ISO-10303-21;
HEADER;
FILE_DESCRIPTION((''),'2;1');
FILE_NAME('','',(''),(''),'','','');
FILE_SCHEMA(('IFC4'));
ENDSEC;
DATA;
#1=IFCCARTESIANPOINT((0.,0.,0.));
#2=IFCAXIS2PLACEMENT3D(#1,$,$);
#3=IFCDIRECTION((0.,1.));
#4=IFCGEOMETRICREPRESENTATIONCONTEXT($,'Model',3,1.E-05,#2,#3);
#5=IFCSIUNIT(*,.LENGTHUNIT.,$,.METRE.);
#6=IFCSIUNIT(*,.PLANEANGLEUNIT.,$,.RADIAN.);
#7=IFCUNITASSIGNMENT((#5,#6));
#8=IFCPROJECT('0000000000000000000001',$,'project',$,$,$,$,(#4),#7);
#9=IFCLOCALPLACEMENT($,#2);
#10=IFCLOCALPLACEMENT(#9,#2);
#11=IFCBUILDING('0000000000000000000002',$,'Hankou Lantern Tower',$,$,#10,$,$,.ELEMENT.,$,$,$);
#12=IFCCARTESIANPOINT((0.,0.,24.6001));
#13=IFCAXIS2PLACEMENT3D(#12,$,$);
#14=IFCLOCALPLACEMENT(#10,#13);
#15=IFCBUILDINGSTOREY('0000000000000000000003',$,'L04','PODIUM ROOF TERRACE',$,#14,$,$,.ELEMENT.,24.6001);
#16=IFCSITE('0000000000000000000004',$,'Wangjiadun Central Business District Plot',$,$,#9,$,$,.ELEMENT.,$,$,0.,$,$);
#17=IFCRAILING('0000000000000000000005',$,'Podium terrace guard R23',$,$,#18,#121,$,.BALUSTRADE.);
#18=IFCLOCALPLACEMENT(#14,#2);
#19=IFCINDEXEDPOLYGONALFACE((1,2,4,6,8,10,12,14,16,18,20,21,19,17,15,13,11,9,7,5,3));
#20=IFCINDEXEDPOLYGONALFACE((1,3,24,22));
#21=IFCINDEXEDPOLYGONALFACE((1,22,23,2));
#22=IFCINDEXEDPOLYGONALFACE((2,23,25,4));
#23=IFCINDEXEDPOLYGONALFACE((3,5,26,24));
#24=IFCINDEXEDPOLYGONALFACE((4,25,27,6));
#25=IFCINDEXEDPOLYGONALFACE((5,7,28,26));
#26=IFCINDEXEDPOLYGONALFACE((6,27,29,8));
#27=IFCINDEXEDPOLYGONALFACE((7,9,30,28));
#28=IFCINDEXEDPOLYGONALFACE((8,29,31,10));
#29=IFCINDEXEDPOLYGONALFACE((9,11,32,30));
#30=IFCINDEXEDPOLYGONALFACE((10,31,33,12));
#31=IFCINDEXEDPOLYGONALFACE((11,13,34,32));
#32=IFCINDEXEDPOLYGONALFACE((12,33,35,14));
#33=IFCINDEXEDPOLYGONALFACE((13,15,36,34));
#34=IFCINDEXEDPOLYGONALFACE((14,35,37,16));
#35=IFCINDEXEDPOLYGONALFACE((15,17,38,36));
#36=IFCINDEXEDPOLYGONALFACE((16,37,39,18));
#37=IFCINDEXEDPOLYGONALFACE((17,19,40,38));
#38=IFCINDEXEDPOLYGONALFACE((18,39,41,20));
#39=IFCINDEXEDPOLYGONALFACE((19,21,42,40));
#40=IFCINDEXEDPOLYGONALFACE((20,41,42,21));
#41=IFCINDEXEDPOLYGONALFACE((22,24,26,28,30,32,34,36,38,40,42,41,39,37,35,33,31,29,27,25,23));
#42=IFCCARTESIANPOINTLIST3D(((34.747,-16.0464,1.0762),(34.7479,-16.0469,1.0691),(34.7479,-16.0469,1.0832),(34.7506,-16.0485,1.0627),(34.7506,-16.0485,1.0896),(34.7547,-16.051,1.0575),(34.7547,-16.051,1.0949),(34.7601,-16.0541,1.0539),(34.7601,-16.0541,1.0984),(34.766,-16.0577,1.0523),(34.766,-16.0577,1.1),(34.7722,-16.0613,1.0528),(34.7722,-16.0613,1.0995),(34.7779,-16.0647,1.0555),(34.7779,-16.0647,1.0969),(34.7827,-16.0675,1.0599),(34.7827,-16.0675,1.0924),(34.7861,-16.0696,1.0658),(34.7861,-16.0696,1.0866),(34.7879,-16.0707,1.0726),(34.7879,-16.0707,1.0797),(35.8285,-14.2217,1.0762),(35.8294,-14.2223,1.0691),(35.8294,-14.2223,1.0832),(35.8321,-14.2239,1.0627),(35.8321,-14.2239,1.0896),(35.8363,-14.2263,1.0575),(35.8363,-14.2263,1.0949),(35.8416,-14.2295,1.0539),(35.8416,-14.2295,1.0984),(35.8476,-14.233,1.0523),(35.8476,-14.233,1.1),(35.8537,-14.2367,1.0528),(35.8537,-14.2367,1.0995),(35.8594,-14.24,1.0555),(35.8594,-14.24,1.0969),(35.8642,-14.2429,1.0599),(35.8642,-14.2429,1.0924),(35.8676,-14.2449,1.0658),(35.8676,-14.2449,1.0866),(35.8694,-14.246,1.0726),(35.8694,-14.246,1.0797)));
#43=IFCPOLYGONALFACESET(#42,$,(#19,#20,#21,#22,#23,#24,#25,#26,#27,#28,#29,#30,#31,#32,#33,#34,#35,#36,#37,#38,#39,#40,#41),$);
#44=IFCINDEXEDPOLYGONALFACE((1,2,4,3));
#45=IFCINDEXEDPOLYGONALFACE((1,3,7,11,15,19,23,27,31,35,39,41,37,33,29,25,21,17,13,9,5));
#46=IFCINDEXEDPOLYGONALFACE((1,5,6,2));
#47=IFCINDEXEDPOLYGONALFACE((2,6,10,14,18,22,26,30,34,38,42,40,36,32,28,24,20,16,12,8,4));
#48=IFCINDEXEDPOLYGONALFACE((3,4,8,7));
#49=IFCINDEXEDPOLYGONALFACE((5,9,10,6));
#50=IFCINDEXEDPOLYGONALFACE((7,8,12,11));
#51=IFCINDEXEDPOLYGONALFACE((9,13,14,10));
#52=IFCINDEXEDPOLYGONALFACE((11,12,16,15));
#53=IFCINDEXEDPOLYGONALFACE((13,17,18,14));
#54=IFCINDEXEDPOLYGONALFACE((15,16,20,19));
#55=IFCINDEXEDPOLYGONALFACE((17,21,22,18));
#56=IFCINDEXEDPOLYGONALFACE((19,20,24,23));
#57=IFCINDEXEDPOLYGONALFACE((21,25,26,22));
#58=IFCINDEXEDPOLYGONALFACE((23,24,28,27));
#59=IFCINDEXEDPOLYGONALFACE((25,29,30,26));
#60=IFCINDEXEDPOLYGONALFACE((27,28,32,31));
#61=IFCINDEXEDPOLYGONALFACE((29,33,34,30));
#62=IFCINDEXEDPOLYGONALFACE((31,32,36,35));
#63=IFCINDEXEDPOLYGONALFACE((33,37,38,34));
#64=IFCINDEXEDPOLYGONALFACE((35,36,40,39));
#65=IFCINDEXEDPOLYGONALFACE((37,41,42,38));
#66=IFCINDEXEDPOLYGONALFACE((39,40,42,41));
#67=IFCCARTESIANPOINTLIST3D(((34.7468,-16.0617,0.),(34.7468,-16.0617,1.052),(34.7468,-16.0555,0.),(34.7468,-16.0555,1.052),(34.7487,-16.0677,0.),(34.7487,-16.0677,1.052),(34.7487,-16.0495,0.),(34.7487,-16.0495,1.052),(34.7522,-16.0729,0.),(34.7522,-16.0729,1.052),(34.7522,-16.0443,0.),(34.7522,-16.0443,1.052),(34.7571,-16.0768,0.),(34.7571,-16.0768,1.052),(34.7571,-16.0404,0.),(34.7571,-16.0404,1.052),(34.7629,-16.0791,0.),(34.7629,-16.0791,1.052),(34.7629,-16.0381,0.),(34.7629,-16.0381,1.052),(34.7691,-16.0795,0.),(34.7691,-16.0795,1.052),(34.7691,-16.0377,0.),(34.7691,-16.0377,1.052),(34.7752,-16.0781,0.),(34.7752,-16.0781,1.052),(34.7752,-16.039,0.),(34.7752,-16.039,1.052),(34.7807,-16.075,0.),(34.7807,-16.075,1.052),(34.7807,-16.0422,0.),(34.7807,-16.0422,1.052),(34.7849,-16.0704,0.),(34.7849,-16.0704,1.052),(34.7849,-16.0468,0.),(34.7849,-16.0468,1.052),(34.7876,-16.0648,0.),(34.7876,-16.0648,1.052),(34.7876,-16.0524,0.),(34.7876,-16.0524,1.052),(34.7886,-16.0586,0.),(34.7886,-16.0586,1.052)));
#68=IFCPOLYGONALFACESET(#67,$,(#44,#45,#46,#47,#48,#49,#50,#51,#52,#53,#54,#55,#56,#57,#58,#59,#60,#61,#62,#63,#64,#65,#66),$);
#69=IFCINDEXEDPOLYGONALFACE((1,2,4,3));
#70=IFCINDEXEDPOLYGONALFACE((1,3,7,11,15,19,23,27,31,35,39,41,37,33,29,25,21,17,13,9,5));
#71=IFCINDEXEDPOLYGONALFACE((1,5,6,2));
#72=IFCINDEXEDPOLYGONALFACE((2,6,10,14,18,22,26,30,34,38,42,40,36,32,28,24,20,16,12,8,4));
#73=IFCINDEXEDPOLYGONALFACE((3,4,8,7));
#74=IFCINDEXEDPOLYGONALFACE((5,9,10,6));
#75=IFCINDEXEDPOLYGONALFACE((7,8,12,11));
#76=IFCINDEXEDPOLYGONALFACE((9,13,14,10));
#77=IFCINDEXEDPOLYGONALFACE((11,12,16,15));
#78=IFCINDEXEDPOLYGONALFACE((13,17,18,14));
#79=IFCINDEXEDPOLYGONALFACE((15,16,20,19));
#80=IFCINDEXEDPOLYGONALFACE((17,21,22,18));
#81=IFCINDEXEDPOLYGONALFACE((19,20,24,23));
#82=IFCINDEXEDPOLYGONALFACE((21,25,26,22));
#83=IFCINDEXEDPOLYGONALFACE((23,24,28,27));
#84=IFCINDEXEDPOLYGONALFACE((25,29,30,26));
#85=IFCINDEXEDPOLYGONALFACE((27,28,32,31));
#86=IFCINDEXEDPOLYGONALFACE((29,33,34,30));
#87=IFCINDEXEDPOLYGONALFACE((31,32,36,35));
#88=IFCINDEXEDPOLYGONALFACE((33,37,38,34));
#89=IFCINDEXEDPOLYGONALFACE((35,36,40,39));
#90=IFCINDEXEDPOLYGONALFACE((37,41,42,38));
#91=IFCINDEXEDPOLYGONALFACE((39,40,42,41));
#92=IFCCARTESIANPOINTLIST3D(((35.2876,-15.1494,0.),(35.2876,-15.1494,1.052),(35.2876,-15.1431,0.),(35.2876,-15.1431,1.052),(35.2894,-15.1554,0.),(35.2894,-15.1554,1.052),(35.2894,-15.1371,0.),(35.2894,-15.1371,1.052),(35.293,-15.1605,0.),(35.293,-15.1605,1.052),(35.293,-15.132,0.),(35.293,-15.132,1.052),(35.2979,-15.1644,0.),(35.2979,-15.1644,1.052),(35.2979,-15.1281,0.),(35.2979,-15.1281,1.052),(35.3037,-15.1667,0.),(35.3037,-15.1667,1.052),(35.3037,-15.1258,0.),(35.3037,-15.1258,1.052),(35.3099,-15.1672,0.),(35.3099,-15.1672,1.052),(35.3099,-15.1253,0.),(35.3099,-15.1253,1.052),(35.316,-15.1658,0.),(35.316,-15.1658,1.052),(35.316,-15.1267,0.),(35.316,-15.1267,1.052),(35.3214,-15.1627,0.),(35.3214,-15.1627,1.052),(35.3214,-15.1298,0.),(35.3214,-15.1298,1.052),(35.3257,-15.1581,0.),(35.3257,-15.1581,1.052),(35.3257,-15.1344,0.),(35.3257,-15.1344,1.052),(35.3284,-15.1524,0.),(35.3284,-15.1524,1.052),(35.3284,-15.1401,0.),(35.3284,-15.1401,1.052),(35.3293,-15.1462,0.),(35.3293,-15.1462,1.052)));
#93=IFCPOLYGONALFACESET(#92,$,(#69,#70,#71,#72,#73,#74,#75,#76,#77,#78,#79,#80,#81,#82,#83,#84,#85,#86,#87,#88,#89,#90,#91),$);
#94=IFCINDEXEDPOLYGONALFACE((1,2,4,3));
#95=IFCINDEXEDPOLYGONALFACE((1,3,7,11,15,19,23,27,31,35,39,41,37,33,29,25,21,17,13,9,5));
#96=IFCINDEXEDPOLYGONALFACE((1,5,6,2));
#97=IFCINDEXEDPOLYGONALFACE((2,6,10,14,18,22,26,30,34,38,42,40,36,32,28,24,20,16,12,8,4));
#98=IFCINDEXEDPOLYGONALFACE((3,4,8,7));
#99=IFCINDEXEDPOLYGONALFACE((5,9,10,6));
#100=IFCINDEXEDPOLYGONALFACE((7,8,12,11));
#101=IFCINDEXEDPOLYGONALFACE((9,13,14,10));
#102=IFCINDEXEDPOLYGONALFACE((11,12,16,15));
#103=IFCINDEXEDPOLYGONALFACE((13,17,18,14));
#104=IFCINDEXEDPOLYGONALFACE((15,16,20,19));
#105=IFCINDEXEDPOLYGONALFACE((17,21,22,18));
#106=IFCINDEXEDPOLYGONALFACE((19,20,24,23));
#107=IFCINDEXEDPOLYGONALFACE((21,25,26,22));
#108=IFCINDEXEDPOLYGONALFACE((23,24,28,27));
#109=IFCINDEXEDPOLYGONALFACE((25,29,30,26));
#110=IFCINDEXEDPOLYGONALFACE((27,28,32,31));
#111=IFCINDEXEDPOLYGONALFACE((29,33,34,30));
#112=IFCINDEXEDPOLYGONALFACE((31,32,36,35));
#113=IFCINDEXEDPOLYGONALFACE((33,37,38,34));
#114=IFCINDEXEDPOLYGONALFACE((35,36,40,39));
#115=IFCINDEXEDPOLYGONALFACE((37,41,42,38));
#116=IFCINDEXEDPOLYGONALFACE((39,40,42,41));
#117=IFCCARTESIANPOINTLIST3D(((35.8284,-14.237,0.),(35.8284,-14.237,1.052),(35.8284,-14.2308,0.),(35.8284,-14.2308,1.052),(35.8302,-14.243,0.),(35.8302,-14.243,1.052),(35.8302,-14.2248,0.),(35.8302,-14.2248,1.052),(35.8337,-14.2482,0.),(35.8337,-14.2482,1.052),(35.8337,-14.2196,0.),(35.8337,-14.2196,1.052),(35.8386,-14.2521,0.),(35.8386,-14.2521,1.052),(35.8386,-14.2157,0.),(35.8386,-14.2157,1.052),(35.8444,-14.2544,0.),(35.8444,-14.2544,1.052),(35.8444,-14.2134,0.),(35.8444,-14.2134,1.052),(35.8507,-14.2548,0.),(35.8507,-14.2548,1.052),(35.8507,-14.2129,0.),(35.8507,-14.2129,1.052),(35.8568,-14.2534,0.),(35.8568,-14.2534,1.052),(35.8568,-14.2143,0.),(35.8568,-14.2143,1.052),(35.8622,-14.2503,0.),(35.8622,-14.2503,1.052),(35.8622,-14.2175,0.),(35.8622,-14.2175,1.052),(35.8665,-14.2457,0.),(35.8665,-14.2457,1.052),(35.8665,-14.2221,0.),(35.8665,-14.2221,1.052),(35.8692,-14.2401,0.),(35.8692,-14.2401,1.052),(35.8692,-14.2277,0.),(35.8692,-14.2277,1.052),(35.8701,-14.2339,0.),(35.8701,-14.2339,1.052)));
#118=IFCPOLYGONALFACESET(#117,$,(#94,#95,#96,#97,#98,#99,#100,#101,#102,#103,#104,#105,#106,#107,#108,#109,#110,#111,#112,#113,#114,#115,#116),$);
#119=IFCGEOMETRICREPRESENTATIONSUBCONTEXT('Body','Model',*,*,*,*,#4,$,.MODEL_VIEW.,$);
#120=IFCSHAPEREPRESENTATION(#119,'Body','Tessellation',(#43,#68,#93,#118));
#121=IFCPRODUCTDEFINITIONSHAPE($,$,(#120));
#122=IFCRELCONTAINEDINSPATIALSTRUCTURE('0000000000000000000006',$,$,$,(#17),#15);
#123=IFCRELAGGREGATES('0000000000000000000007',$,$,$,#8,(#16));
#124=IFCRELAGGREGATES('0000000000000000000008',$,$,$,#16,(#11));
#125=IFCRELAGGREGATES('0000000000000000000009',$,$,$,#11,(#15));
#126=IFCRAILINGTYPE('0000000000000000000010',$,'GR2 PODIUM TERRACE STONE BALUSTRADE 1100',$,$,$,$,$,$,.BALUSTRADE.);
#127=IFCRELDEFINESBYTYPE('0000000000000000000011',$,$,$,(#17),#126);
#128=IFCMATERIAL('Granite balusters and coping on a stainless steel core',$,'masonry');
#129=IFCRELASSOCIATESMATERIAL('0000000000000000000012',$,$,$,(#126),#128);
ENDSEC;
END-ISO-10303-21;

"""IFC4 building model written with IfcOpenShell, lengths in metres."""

from ifc_helpers import new_model, si_unit, direction, frame, origin, origin_2d, place, context, subcontext, project, spatial, circle, extrude, material, type_object, element, save


model = new_model("IFC4")

# Units and contexts
model_context = context("Model", 3, precision=1e-05, world=origin(), true_north=direction((0.0, 1.0)))
body_context = subcontext(model_context, "Body", "Model", "MODEL_VIEW")
ifc_project = project(units=[si_unit("LENGTHUNIT", "METRE"), si_unit("PLANEANGLEUNIT", "RADIAN")], contexts=[model_context])

# Site, building, storey
site_placement = place(None, origin())
site = spatial("IfcSite", under=ifc_project, at=site_placement, Name="Wangjiadun Central Business District Plot", CompositionType="ELEMENT", RefElevation=0.0)
building_placement = place(site_placement, origin())
building = spatial("IfcBuilding", under=site, at=building_placement, Name="Hankou Lantern Tower", CompositionType="ELEMENT")
storey_placement = place(building_placement, frame((0.0, 0.0, 24.6001)))
storey = spatial("IfcBuildingStorey", under=building, at=storey_placement, Name="L04", Description="PODIUM ROOF TERRACE", CompositionType="ELEMENT", Elevation=24.6001)

# Railing
ifc_material_1 = material(Name="Granite balusters and coping on a stainless steel core", Category="masonry")
railing_type_1 = type_object("IfcRailingType", Name="GR2 PODIUM TERRACE STONE BALUSTRADE 1100", PredefinedType="BALUSTRADE", material=ifc_material_1)
railing_1_placement = place(storey_placement, frame((34.7676, -16.0586, 0.0)))
element("IfcRailing", 1, at=railing_1_placement, inside=storey, type_object=railing_type_1, Name="Podium terrace guard R23", PredefinedType="BALUSTRADE", context=body_context, shape_type="SweptSolid", body=[
    extrude(circle(Radius=0.0239, at=origin_2d()), frame((0.0, 0.0, 1.0762), z_axis=(0.509884, 0.860243, 0.0), x_axis=(-0.860243, 0.509884, 0.0)), (0.0, 0.0, 1.0), 2.1211),
    extrude(circle(Radius=0.021, at=origin_2d()), origin(), (0.0, 0.0, 1.0), 1.052),
    extrude(circle(Radius=0.021, at=origin_2d()), frame((0.5408, 0.9124, 0.0)), (0.0, 0.0, 1.0), 1.052),
    extrude(circle(Radius=0.021, at=origin_2d()), frame((1.0815, 1.8247, 0.0)), (0.0, 0.0, 1.0), 1.052),
])

save(model, "model.ifc")
